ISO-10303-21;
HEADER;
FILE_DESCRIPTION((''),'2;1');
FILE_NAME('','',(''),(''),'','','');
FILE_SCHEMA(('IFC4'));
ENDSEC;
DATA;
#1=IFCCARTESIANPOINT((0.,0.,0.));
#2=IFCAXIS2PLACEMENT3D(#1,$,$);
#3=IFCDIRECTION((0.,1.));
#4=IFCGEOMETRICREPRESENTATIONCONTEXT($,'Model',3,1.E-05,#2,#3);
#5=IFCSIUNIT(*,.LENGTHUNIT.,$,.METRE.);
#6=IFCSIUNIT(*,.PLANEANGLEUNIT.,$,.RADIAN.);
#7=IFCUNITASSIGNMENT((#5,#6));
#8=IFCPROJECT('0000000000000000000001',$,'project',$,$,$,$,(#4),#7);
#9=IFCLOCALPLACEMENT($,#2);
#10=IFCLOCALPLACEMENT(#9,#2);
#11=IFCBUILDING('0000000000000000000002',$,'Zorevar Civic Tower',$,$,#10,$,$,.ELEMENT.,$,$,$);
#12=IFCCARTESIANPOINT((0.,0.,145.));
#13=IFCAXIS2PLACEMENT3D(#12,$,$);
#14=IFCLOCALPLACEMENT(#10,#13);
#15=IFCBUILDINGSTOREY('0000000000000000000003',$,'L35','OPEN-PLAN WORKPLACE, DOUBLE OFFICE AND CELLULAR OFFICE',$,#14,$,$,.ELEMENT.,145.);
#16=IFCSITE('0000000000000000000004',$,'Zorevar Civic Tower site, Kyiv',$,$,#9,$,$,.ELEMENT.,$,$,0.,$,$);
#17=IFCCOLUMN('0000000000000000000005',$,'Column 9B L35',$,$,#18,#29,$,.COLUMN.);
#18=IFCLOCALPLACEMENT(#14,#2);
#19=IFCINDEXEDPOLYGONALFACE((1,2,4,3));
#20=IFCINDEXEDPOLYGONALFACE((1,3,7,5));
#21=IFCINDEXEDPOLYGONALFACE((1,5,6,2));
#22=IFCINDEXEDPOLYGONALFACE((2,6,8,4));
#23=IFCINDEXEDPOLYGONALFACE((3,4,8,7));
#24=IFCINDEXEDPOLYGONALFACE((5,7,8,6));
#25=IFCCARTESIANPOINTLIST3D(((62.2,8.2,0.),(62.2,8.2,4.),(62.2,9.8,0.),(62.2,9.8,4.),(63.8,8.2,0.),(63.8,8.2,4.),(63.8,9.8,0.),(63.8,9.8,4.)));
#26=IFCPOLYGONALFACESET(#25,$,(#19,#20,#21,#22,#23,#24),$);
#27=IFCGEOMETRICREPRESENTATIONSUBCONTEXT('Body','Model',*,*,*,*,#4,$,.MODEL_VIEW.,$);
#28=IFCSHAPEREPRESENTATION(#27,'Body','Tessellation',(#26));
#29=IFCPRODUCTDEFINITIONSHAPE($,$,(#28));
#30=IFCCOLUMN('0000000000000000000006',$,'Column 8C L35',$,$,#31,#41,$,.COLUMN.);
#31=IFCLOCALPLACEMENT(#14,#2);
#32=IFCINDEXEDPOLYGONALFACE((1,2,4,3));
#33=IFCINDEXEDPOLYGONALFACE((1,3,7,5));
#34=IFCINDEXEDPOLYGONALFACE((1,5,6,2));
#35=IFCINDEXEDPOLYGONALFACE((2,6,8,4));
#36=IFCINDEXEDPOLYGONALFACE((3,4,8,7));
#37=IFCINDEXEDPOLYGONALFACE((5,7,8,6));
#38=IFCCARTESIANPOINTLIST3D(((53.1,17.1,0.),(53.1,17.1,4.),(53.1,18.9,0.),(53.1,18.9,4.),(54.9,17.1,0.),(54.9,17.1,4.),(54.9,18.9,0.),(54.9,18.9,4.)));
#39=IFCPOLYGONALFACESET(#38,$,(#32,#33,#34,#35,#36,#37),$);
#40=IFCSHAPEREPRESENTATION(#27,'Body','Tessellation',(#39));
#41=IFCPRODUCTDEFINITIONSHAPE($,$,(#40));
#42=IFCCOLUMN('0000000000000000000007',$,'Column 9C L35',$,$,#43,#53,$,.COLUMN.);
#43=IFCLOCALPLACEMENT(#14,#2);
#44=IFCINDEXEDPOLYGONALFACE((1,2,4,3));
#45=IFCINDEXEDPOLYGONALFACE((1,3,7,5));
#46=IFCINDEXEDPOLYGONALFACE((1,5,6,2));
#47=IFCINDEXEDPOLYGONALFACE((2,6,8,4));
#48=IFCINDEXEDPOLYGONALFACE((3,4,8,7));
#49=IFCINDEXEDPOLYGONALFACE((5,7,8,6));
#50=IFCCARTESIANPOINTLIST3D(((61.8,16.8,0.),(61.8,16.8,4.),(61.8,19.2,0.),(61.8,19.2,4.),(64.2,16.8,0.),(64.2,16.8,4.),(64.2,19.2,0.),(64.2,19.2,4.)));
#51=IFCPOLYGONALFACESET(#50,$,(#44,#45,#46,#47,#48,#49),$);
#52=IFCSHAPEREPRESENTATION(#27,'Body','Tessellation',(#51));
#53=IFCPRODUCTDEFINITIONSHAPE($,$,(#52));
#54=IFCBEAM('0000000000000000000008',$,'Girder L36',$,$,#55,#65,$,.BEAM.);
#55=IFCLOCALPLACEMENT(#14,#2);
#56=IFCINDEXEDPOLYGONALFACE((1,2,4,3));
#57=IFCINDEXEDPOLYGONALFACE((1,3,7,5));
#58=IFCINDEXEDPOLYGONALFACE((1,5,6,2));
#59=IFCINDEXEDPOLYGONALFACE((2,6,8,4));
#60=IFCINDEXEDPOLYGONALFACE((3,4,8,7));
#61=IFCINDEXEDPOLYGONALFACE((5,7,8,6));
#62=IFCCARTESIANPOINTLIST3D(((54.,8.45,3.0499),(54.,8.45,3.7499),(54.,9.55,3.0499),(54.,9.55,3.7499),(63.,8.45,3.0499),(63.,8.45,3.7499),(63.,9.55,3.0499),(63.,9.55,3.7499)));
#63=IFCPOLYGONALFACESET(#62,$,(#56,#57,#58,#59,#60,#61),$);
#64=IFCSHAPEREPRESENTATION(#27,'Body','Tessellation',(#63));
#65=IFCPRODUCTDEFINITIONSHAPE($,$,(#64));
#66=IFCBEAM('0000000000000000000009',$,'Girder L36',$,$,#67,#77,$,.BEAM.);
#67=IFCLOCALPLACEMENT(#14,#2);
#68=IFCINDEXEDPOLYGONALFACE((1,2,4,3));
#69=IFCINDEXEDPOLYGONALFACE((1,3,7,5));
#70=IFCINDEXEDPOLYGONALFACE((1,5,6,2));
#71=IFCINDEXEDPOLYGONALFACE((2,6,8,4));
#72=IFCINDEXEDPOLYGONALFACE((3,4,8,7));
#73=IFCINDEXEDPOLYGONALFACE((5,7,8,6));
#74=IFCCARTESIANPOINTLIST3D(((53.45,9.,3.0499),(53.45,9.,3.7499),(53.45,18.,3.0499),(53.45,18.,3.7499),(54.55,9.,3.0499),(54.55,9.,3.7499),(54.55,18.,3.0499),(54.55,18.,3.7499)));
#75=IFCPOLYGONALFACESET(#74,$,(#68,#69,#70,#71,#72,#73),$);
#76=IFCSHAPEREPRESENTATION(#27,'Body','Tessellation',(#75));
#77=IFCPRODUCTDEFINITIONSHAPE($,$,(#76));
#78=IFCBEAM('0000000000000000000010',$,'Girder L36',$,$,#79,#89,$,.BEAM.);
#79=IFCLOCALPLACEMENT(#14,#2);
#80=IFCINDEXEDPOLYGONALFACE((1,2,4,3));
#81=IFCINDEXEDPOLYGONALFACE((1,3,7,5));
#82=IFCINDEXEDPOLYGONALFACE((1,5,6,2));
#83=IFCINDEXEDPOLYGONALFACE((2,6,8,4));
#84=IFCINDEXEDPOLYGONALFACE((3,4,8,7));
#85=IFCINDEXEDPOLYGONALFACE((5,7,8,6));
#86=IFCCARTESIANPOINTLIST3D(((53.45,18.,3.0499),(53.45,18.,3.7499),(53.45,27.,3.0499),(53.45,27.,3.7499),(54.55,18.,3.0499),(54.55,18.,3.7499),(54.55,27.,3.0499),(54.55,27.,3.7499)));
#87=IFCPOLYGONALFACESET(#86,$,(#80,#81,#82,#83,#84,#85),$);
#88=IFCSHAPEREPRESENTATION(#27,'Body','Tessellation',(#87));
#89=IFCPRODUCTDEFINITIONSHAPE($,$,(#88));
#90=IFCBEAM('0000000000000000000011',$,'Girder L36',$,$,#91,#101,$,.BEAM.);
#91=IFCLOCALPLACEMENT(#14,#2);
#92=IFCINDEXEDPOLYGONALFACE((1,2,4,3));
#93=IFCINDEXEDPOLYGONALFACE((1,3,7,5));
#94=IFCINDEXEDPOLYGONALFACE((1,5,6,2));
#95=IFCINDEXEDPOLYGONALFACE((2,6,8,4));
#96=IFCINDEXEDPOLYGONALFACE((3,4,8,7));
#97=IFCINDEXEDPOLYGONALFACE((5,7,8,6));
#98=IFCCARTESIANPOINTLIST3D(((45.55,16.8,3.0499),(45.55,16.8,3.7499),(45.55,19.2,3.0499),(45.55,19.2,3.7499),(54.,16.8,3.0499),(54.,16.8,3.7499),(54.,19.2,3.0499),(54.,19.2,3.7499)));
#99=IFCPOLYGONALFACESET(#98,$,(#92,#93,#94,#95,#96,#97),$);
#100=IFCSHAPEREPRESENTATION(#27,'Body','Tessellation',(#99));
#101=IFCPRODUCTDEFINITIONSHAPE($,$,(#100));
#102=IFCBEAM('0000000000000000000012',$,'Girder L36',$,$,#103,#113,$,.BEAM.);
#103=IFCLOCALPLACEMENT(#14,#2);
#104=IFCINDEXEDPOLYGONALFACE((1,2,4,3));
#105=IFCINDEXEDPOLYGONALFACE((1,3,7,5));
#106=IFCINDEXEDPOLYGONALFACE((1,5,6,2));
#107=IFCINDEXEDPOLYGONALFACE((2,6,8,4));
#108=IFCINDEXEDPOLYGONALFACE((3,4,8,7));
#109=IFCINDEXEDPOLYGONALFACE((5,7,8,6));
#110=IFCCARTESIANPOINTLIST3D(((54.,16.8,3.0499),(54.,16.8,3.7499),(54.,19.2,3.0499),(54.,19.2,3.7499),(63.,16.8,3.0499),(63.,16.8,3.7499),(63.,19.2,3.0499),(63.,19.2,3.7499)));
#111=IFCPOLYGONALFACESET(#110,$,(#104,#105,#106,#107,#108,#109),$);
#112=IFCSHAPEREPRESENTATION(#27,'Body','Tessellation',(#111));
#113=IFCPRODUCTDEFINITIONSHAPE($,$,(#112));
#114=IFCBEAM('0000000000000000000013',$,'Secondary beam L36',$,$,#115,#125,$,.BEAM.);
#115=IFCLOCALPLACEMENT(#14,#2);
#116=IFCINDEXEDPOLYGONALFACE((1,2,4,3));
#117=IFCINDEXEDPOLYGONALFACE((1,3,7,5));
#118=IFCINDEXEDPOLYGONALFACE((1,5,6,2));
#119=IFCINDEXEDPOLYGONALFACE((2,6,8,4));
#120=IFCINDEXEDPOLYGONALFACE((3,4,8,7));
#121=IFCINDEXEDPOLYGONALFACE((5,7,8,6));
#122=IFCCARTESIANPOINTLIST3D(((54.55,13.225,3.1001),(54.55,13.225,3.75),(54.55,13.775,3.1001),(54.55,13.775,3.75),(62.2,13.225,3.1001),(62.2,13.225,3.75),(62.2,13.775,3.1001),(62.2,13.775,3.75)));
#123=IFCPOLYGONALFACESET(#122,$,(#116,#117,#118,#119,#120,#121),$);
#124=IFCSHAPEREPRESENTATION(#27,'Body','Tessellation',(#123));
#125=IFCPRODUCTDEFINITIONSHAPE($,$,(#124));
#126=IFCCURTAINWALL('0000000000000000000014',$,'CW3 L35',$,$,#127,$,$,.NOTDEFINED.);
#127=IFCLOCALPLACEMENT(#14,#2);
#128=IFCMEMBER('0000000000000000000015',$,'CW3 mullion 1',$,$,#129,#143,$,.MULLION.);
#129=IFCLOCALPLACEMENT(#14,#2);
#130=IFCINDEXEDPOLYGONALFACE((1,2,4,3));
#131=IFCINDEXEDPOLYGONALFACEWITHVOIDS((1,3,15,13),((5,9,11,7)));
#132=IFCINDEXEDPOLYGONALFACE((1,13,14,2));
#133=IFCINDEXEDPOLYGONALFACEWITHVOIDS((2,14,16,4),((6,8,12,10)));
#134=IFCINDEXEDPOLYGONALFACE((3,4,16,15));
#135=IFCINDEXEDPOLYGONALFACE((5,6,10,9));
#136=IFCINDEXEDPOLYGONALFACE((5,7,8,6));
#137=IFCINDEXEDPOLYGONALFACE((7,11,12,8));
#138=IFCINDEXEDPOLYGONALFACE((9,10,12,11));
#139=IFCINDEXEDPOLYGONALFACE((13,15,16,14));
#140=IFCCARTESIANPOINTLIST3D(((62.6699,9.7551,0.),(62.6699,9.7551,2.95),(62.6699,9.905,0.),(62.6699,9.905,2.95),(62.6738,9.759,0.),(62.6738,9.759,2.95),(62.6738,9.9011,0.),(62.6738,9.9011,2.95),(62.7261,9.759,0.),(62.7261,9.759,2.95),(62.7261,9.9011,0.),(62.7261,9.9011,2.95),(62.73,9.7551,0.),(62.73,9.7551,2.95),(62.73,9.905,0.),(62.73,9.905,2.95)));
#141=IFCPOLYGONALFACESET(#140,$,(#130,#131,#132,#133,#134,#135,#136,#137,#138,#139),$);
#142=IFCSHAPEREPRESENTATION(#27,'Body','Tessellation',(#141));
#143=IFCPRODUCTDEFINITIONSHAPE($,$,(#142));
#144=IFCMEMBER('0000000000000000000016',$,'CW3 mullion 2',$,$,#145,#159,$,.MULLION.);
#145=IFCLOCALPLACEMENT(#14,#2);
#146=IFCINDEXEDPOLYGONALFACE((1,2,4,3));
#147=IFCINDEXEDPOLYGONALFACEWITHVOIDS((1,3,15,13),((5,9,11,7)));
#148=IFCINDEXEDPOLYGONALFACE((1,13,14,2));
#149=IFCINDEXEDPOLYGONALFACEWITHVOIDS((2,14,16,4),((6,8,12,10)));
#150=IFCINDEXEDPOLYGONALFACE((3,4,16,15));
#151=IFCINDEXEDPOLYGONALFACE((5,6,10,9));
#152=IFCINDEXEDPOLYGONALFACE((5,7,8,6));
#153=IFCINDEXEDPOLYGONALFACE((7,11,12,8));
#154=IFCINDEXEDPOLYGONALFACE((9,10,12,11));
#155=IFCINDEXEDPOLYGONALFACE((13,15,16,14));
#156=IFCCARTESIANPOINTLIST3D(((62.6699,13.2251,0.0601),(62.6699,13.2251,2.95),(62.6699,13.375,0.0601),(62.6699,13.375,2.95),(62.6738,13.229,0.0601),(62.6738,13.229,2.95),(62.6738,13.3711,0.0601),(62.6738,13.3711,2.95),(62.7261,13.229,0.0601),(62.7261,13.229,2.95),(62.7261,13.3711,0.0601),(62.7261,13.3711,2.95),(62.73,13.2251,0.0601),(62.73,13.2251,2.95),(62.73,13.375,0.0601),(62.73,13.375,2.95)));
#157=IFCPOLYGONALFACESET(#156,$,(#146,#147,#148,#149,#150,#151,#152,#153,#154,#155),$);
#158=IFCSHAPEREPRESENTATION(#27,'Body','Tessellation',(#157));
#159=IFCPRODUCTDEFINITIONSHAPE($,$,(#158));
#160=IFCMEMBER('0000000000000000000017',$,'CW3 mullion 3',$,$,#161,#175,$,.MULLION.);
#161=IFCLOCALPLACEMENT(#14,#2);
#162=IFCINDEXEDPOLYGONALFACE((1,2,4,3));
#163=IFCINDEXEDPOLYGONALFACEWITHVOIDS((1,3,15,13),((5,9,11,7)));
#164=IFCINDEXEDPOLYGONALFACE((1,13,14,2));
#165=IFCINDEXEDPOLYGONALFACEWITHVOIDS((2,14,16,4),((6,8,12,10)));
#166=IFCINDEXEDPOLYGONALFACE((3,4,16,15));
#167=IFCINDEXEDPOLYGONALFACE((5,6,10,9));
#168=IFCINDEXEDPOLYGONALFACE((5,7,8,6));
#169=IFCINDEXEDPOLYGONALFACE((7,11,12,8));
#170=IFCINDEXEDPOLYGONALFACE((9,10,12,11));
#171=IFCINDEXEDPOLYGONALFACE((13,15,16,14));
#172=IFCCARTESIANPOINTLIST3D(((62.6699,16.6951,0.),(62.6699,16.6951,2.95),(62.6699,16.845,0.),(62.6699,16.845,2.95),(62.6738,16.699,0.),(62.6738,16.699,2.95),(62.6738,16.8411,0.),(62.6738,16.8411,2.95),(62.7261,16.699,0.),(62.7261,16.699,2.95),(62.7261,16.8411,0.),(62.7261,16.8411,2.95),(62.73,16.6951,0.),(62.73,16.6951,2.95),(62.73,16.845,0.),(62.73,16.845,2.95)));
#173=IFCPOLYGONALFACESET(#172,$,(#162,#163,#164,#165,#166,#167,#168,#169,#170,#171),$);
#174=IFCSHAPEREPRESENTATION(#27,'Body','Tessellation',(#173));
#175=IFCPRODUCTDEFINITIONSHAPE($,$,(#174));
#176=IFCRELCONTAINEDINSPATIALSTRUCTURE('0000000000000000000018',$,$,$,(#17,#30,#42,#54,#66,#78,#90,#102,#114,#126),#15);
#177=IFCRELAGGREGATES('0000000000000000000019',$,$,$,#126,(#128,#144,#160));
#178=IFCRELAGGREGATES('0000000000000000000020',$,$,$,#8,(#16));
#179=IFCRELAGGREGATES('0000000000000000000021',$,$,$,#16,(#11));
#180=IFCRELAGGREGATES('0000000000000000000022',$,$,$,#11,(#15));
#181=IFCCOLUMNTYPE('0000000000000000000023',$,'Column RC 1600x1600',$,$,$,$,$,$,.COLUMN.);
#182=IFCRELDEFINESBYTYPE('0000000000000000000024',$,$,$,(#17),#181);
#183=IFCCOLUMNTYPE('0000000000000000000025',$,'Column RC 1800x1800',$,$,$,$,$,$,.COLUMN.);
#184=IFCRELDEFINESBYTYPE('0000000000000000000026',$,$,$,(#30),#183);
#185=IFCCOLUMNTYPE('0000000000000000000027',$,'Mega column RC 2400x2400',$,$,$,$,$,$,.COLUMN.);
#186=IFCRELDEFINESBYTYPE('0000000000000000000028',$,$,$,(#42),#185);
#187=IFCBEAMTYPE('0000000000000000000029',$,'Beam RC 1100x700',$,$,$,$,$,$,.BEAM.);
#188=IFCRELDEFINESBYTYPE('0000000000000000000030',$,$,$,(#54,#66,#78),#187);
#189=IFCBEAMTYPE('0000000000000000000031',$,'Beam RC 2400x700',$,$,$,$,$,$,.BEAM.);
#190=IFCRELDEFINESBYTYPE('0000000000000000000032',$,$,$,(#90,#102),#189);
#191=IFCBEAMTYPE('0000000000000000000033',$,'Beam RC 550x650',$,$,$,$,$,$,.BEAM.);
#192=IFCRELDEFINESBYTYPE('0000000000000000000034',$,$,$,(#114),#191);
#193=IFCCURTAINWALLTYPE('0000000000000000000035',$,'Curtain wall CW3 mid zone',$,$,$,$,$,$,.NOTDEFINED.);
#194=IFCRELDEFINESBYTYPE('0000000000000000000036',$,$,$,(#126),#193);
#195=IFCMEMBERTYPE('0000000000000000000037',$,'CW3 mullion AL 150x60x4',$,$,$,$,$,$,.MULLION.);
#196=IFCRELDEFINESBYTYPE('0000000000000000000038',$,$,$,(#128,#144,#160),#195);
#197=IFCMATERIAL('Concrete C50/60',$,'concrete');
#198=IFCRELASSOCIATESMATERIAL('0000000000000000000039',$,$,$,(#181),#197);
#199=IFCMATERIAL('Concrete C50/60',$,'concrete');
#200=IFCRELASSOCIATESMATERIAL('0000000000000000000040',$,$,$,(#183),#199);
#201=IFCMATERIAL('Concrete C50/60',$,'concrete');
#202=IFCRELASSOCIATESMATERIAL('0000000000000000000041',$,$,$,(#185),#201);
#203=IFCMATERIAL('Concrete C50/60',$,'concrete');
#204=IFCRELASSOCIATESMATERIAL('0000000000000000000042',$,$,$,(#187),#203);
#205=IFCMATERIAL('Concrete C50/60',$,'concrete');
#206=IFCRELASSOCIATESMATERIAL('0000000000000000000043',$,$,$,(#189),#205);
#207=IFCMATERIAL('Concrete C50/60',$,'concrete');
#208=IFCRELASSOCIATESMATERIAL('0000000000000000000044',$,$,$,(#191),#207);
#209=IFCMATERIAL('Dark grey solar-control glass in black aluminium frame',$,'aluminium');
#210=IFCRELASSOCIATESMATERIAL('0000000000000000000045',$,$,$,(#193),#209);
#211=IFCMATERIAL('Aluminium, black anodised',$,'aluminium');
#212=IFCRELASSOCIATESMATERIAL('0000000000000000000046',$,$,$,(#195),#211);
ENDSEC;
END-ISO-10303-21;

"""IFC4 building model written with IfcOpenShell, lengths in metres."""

from ifc_helpers import new_model, si_unit, direction, frame, origin, origin_2d, place, context, subcontext, project, spatial, rectangle, hollow_rectangle, extrude, material, material_profile, profile_set, type_object, element, aggregate, save


model = new_model("IFC4")

# Units and contexts
model_context = context("Model", 3, precision=1e-05, world=origin(), true_north=direction((0.0, 1.0)))
body_context = subcontext(model_context, "Body", "Model", "MODEL_VIEW")
ifc_project = project(units=[si_unit("LENGTHUNIT", "METRE"), si_unit("PLANEANGLEUNIT", "RADIAN")], contexts=[model_context])

# Site, building, storey
site_placement = place(None, origin())
site = spatial("IfcSite", under=ifc_project, at=site_placement, Name="Zorevar Civic Tower site, Kyiv", CompositionType="ELEMENT", RefElevation=0.0)
building_placement = place(site_placement, origin())
building = spatial("IfcBuilding", under=site, at=building_placement, Name="Zorevar Civic Tower", CompositionType="ELEMENT")
storey_placement = place(building_placement, frame((0.0, 0.0, 145.0)))
storey = spatial("IfcBuildingStorey", under=building, at=storey_placement, Name="L35", Description="OPEN-PLAN WORKPLACE, DOUBLE OFFICE AND CELLULAR OFFICE", CompositionType="ELEMENT", Elevation=145.0)

# Columns
ifc_material_1 = material(Name="Concrete C50/60", Category="concrete")
ifc_material_profile_1 = material_profile(ifc_material_1, rectangle(XDim=1.6001, YDim=1.6001, at=origin_2d()), Name="RC 1600x1600")
ifc_profile_set_1 = profile_set([ifc_material_profile_1], Name="Concrete C50/60")
column_type_1 = type_object("IfcColumnType", Name="Column RC 1600x1600", PredefinedType="COLUMN", material=ifc_profile_set_1)
column_1_placement = place(storey_placement, frame((63.0, 9.0, 0.0), z_axis=(0.0, 0.0, 1.0), x_axis=(1.0, 0.0, 0.0)))
element("IfcColumn", 1, at=column_1_placement, inside=storey, type_object=column_type_1, Name="Column 9B L35", PredefinedType="COLUMN", context=body_context, shape_type="SweptSolid", body=[
    extrude(rectangle(XDim=1.6001, YDim=1.6001, at=origin_2d()), origin(), (0.0, 0.0, 1.0), 4.0),
])
ifc_material_2 = material(Name="Concrete C50/60", Category="concrete")
ifc_material_profile_2 = material_profile(ifc_material_2, rectangle(XDim=1.8, YDim=1.8, at=origin_2d()), Name="RC 1800x1800")
ifc_profile_set_2 = profile_set([ifc_material_profile_2], Name="Concrete C50/60")
column_type_2 = type_object("IfcColumnType", Name="Column RC 1800x1800", PredefinedType="COLUMN", material=ifc_profile_set_2)
column_2_placement = place(storey_placement, frame((54.0, 18.0, 0.0), z_axis=(0.0, 0.0, 1.0), x_axis=(1.0, 0.0, 0.0)))
element("IfcColumn", 2, at=column_2_placement, inside=storey, type_object=column_type_2, Name="Column 8C L35", PredefinedType="COLUMN", context=body_context, shape_type="SweptSolid", body=[
    extrude(rectangle(XDim=1.8, YDim=1.8, at=origin_2d()), origin(), (0.0, 0.0, 1.0), 4.0),
])
ifc_material_3 = material(Name="Concrete C50/60", Category="concrete")
ifc_material_profile_3 = material_profile(ifc_material_3, rectangle(XDim=2.3999, YDim=2.3999, at=origin_2d()), Name="RC 2400x2400")
ifc_profile_set_3 = profile_set([ifc_material_profile_3], Name="Concrete C50/60")
column_type_3 = type_object("IfcColumnType", Name="Mega column RC 2400x2400", PredefinedType="COLUMN", material=ifc_profile_set_3)
column_3_placement = place(storey_placement, frame((63.0, 18.0, 0.0), z_axis=(0.0, 0.0, 1.0), x_axis=(1.0, 0.0, 0.0)))
element("IfcColumn", 3, at=column_3_placement, inside=storey, type_object=column_type_3, Name="Column 9C L35", PredefinedType="COLUMN", context=body_context, shape_type="SweptSolid", body=[
    extrude(rectangle(XDim=2.3999, YDim=2.3999, at=origin_2d()), origin(), (0.0, 0.0, 1.0), 4.0),
])

# Beams
ifc_material_4 = material(Name="Concrete C50/60", Category="concrete")
ifc_material_profile_4 = material_profile(ifc_material_4, rectangle(XDim=1.1001, YDim=0.7, at=origin_2d()), Name="RC 1100x700")
ifc_profile_set_4 = profile_set([ifc_material_profile_4], Name="Concrete C50/60")
beam_type_1 = type_object("IfcBeamType", Name="Beam RC 1100x700", PredefinedType="BEAM", material=ifc_profile_set_4)
for number, where, z_axis, x_axis, name in (
    (4, (54.0, 9.0, 3.3999), (1.0, 0.0, 0.0), (0.0, 1.0, 0.0), "Girder L36"),
    (5, (54.0, 9.0, 3.3999), (0.0, 1.0, 0.0), (-1.0, 0.0, 0.0), "Girder L36"),
    (6, (54.0, 18.0, 3.3999), (0.0, 1.0, 0.0), (-1.0, 0.0, 0.0), "Girder L36"),
):
    element("IfcBeam", number, at=place(storey_placement, frame(where, z_axis=z_axis, x_axis=x_axis)), inside=storey, type_object=beam_type_1, Name=name, PredefinedType="BEAM", context=body_context, shape_type="SweptSolid", body=[
        extrude(rectangle(XDim=1.1001, YDim=0.7, at=origin_2d()), origin(), (0.0, 0.0, 1.0), 9.0),
    ])
ifc_material_5 = material(Name="Concrete C50/60", Category="concrete")
ifc_material_profile_5 = material_profile(ifc_material_5, rectangle(XDim=2.3999, YDim=0.7, at=origin_2d()), Name="RC 2400x700")
ifc_profile_set_5 = profile_set([ifc_material_profile_5], Name="Concrete C50/60")
beam_type_2 = type_object("IfcBeamType", Name="Beam RC 2400x700", PredefinedType="BEAM", material=ifc_profile_set_5)
beam_1_placement = place(storey_placement, frame((45.55, 18.0, 3.3999), z_axis=(1.0, 0.0, 0.0), x_axis=(0.0, 1.0, 0.0)))
element("IfcBeam", 7, at=beam_1_placement, inside=storey, type_object=beam_type_2, Name="Girder L36", PredefinedType="BEAM", context=body_context, shape_type="SweptSolid", body=[
    extrude(rectangle(XDim=2.3999, YDim=0.7, at=origin_2d()), origin(), (0.0, 0.0, 1.0), 8.45),
])
beam_2_placement = place(storey_placement, frame((54.0, 18.0, 3.3999), z_axis=(1.0, 0.0, 0.0), x_axis=(0.0, 1.0, 0.0)))
element("IfcBeam", 8, at=beam_2_placement, inside=storey, type_object=beam_type_2, Name="Girder L36", PredefinedType="BEAM", context=body_context, shape_type="SweptSolid", body=[
    extrude(rectangle(XDim=2.3999, YDim=0.7, at=origin_2d()), origin(), (0.0, 0.0, 1.0), 9.0),
])
ifc_material_6 = material(Name="Concrete C50/60", Category="concrete")
ifc_material_profile_6 = material_profile(ifc_material_6, rectangle(XDim=0.55, YDim=0.6499, at=origin_2d()), Name="RC 550x650")
ifc_profile_set_6 = profile_set([ifc_material_profile_6], Name="Concrete C50/60")
beam_type_3 = type_object("IfcBeamType", Name="Beam RC 550x650", PredefinedType="BEAM", material=ifc_profile_set_6)
beam_3_placement = place(storey_placement, frame((54.55, 13.5, 3.425), z_axis=(1.0, 0.0, 0.0), x_axis=(0.0, 1.0, 0.0)))
element("IfcBeam", 9, at=beam_3_placement, inside=storey, type_object=beam_type_3, Name="Secondary beam L36", PredefinedType="BEAM", context=body_context, shape_type="SweptSolid", body=[
    extrude(rectangle(XDim=0.55, YDim=0.6499, at=origin_2d()), origin(), (0.0, 0.0, 1.0), 7.6499),
])

# Curtain wall, members
ifc_material_7 = material(Name="Dark grey solar-control glass in black aluminium frame", Category="aluminium")
curtain_wall_type = type_object("IfcCurtainWallType", Name="Curtain wall CW3 mid zone", PredefinedType="NOTDEFINED", material=ifc_material_7)
curtain_wall_1_placement = place(storey_placement, origin())
curtain_wall_1 = element("IfcCurtainWall", 10, at=curtain_wall_1_placement, inside=storey, type_object=curtain_wall_type, Name="CW3 L35", PredefinedType="NOTDEFINED")
ifc_material_8 = material(Name="Aluminium, black anodised", Category="aluminium")
ifc_material_profile_7 = material_profile(ifc_material_8, hollow_rectangle(XDim=0.0601, YDim=0.1499, WallThickness=0.0039, at=origin_2d()), Name="AL 150x60x4")
ifc_profile_set_7 = profile_set([ifc_material_profile_7], Name="Aluminium, black anodised")
member_type_1 = type_object("IfcMemberType", Name="CW3 mullion AL 150x60x4", PredefinedType="MULLION", material=ifc_profile_set_7)
member_1_placement = place(storey_placement, frame((62.7, 9.8301, 0.0), z_axis=(0.0, 0.0, 1.0), x_axis=(-1.0, 0.0, 0.0)))
member_1 = element("IfcMember", 11, at=member_1_placement, type_object=member_type_1, Name="CW3 mullion 1", PredefinedType="MULLION", context=body_context, shape_type="SweptSolid", body=[
    extrude(hollow_rectangle(XDim=0.0601, YDim=0.1499, WallThickness=0.0039, at=origin_2d()), origin(), (0.0, 0.0, 1.0), 2.95),
])
member_2_placement = place(storey_placement, frame((62.7, 13.3, 0.0601), z_axis=(0.0, 0.0, 1.0), x_axis=(-1.0, 0.0, 0.0)))
member_2 = element("IfcMember", 12, at=member_2_placement, type_object=member_type_1, Name="CW3 mullion 2", PredefinedType="MULLION", context=body_context, shape_type="SweptSolid", body=[
    extrude(hollow_rectangle(XDim=0.0601, YDim=0.1499, WallThickness=0.0039, at=origin_2d()), origin(), (0.0, 0.0, 1.0), 2.8899),
])
member_3_placement = place(storey_placement, frame((62.7, 16.77, 0.0), z_axis=(0.0, 0.0, 1.0), x_axis=(-1.0, 0.0, 0.0)))
member_3 = element("IfcMember", 13, at=member_3_placement, type_object=member_type_1, Name="CW3 mullion 3", PredefinedType="MULLION", context=body_context, shape_type="SweptSolid", body=[
    extrude(hollow_rectangle(XDim=0.0601, YDim=0.1499, WallThickness=0.0039, at=origin_2d()), origin(), (0.0, 0.0, 1.0), 2.95),
])

aggregate(curtain_wall_1, [member_1, member_2, member_3])

save(model, "model.ifc")
